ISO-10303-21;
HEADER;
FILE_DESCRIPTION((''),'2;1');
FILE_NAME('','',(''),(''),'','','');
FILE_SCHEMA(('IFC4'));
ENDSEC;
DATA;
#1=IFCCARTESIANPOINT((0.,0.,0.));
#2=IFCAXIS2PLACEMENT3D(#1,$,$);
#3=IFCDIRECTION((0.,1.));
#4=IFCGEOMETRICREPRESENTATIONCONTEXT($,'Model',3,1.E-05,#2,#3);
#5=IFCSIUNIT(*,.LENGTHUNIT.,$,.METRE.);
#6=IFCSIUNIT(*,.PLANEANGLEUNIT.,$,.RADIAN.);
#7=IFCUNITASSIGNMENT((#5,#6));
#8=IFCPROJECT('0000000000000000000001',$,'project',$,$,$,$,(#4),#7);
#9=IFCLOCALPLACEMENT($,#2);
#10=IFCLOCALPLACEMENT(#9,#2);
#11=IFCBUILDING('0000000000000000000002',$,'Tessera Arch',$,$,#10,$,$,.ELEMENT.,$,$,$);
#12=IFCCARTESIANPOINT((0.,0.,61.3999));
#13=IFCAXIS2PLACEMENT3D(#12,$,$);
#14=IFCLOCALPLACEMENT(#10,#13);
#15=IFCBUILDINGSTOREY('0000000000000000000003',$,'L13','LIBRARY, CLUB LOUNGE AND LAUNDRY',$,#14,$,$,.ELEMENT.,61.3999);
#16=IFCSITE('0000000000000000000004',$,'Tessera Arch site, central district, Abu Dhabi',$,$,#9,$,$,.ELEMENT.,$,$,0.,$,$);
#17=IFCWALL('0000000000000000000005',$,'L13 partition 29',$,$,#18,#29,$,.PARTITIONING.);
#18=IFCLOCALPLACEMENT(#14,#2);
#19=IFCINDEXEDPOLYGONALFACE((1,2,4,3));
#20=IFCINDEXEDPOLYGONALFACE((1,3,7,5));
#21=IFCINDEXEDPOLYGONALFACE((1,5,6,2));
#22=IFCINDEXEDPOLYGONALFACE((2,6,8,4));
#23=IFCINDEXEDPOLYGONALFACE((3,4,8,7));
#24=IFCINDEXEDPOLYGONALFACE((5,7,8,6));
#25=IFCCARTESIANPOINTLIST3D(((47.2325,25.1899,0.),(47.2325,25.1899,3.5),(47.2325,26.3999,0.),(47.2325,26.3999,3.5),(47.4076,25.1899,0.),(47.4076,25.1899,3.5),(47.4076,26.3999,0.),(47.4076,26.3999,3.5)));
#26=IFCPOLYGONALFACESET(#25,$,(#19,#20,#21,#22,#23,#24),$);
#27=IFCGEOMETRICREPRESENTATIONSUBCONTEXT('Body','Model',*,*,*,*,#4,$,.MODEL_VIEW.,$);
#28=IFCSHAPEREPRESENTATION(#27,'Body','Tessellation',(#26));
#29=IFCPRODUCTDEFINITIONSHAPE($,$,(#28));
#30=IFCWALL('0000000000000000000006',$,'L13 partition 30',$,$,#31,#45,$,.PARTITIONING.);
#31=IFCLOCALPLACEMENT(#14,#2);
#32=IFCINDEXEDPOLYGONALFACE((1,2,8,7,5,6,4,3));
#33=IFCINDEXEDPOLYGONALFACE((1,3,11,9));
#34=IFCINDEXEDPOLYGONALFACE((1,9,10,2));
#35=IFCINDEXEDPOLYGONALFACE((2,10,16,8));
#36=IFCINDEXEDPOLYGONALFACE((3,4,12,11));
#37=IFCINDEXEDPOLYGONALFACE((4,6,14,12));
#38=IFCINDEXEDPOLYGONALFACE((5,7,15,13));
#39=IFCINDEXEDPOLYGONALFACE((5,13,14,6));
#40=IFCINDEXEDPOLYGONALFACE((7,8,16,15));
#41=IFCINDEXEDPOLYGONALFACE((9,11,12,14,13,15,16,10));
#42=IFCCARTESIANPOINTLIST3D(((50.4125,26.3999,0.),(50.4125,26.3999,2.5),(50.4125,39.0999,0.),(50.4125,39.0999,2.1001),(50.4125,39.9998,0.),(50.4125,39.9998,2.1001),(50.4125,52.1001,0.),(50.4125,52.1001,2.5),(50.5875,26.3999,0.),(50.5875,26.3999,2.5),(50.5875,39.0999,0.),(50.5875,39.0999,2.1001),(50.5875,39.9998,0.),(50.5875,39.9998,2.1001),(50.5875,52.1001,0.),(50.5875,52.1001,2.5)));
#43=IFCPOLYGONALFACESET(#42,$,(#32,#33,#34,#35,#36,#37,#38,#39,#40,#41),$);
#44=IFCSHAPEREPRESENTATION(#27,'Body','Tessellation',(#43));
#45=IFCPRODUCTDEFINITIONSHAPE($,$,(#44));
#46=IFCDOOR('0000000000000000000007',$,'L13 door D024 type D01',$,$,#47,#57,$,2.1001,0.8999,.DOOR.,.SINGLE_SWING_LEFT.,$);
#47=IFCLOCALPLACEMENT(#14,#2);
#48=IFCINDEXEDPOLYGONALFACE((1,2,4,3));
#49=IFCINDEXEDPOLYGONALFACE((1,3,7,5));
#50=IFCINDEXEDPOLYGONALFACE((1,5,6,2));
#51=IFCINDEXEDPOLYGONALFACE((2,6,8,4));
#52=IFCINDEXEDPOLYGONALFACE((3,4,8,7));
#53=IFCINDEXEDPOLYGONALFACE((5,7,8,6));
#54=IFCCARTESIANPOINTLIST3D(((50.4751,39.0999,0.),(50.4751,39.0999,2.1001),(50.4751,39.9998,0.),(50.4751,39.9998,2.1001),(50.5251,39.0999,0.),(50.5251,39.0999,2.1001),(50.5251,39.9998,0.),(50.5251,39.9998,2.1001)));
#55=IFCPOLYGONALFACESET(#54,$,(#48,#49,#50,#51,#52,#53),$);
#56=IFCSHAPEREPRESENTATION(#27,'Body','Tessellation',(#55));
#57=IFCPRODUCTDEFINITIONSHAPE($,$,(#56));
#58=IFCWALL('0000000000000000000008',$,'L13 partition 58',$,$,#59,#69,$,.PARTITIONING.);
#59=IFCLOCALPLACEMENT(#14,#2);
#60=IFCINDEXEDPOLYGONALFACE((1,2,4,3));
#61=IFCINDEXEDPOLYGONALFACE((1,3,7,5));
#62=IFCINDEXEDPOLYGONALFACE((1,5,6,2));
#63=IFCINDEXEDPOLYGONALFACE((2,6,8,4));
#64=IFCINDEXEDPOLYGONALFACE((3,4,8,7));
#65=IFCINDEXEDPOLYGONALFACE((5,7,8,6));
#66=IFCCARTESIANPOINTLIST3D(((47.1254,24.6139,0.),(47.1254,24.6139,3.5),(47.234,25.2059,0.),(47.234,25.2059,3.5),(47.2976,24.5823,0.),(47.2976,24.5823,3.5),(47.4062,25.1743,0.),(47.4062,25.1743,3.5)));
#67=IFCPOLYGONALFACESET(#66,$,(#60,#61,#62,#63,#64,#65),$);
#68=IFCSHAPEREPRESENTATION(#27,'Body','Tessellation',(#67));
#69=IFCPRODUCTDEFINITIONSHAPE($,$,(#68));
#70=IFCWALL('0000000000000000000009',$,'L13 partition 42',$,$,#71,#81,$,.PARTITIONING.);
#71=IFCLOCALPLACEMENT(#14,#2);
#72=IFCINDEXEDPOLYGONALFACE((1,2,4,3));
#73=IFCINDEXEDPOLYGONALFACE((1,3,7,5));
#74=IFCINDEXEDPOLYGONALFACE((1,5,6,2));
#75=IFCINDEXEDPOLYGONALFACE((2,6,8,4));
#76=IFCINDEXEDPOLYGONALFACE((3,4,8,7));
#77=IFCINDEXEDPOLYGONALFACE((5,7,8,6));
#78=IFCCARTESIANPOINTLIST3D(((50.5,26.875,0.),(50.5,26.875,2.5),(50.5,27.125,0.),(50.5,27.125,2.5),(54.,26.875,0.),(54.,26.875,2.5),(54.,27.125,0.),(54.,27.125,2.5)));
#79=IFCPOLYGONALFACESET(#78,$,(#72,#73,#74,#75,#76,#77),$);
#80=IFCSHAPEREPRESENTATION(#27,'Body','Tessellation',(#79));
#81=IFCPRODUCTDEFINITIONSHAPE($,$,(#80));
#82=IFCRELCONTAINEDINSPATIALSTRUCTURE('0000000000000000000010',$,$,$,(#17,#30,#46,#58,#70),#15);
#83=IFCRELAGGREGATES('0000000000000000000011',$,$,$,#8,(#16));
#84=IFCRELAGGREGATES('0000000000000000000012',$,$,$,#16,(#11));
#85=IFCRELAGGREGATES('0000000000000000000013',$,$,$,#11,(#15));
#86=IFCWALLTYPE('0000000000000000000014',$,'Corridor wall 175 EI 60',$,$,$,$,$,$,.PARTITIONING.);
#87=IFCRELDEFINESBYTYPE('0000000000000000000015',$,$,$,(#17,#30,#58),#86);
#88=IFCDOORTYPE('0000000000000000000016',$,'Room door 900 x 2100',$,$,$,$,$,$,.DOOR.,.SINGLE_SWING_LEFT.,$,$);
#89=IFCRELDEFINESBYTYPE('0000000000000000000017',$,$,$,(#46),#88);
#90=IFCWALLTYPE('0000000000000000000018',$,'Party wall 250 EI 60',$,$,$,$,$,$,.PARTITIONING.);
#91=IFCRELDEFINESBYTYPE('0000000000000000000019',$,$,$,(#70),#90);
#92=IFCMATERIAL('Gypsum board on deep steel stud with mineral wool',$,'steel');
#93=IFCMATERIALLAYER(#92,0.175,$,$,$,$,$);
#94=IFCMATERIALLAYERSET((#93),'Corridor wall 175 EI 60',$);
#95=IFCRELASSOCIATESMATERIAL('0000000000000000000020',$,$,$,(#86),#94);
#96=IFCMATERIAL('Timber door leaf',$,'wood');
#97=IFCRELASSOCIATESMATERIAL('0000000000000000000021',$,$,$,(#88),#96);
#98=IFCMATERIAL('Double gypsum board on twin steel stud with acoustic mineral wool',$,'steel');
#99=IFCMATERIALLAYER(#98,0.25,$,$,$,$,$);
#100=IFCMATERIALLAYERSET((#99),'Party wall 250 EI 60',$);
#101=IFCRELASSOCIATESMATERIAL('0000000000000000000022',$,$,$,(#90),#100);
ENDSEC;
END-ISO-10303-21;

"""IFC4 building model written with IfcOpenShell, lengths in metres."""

from ifc_helpers import new_model, si_unit, direction, frame, frame_2d, origin, place, context, subcontext, project, spatial, rectangle, extrude, material, layer, layer_set, type_object, element, fill, save


model = new_model("IFC4")

# Units and contexts
model_context = context("Model", 3, precision=1e-05, world=origin(), true_north=direction((0.0, 1.0)))
body_context = subcontext(model_context, "Body", "Model", "MODEL_VIEW")
ifc_project = project(units=[si_unit("LENGTHUNIT", "METRE"), si_unit("PLANEANGLEUNIT", "RADIAN")], contexts=[model_context])

# Site, building, storey
site_placement = place(None, origin())
site = spatial("IfcSite", under=ifc_project, at=site_placement, Name="Tessera Arch site, central district, Abu Dhabi", CompositionType="ELEMENT", RefElevation=0.0)
building_placement = place(site_placement, origin())
building = spatial("IfcBuilding", under=site, at=building_placement, Name="Tessera Arch", CompositionType="ELEMENT")
storey_placement = place(building_placement, frame((0.0, 0.0, 61.3999)))
storey = spatial("IfcBuildingStorey", under=building, at=storey_placement, Name="L13", Description="LIBRARY, CLUB LOUNGE AND LAUNDRY", CompositionType="ELEMENT", Elevation=61.3999)

# Wall
ifc_material_1 = material(Name="Gypsum board on deep steel stud with mineral wool", Category="steel")
ifc_layer_1 = layer(ifc_material_1, 0.175)
ifc_layer_set_1 = layer_set([ifc_layer_1], Name="Corridor wall 175 EI 60")
wall_type_1 = type_object("IfcWallType", Name="Corridor wall 175 EI 60", PredefinedType="PARTITIONING", material=ifc_layer_set_1)
wall_1_placement = place(storey_placement, frame((47.3201, 25.1899, 0.0), z_axis=(0.0, 0.0, 1.0), x_axis=(0.0, 1.0, 0.0)))
element("IfcWall", 1, at=wall_1_placement, inside=storey, type_object=wall_type_1, Name="L13 partition 29", PredefinedType="PARTITIONING", context=body_context, shape_type="SweptSolid", body=[
    extrude(rectangle(XDim=1.21, YDim=0.175, at=frame_2d((0.605, 0.0))), origin(), (0.0, 0.0, 1.0), 3.5),
])

# Wall, opening, door
wall_2_placement = place(storey_placement, frame((50.5, 26.3999, 0.0), z_axis=(0.0, 0.0, 1.0), x_axis=(0.0, 1.0, 0.0)))
wall_2 = element("IfcWall", 2, at=wall_2_placement, inside=storey, type_object=wall_type_1, Name="L13 partition 30", PredefinedType="PARTITIONING", context=body_context, shape_type="SweptSolid", body=[
    extrude(rectangle(XDim=25.7002, YDim=0.175, at=frame_2d((12.8501, 0.0))), origin(), (0.0, 0.0, 1.0), 2.5),
])
opening_placement = place(wall_2_placement, frame((12.7, 0.0, 0.0)))
opening = element("IfcOpeningElement", 3, at=opening_placement, cuts=wall_2, PredefinedType="OPENING", context=body_context, shape_type="SweptSolid", body=[
    extrude(rectangle(XDim=0.8999, YDim=2.1001, at=frame_2d((0.45, 1.05))), frame((0.0, 0.0974, 0.0), z_axis=(0.0, -1.0, 0.0), x_axis=(1.0, 0.0, 0.0)), (0.0, 0.0, 1.0), 0.1951),
])
ifc_material_2 = material(Name="Timber door leaf", Category="wood")
door_type = type_object("IfcDoorType", Name="Room door 900 x 2100", OperationType="SINGLE_SWING_LEFT", PredefinedType="DOOR", material=ifc_material_2)
door_placement = place(opening_placement, origin())
door = element("IfcDoor", 4, at=door_placement, inside=storey, type_object=door_type, Name="L13 door D024 type D01", OperationType="SINGLE_SWING_LEFT", OverallHeight=2.1001, OverallWidth=0.8999, PredefinedType="DOOR", context=body_context, shape_type="SweptSolid", body=[
    extrude(rectangle(XDim=0.8999, YDim=2.1001, at=frame_2d((0.45, 1.05))), frame((0.0, 0.0249, 0.0), z_axis=(0.0, -1.0, 0.0), x_axis=(1.0, 0.0, 0.0)), (0.0, 0.0, 1.0), 0.05),
])
fill(opening, door)

# Walls
wall_3_placement = place(storey_placement, frame((47.3201, 25.1899, 0.0), z_axis=(0.0, 0.0, 1.0), x_axis=(-0.180491, -0.983577, 0.0)))
element("IfcWall", 5, at=wall_3_placement, inside=storey, type_object=wall_type_1, Name="L13 partition 58", PredefinedType="PARTITIONING", context=body_context, shape_type="SweptSolid", body=[
    extrude(rectangle(XDim=0.6018, YDim=0.175, at=frame_2d((0.3008, 0.0))), origin(), (0.0, 0.0, 1.0), 3.5),
])
ifc_material_3 = material(Name="Double gypsum board on twin steel stud with acoustic mineral wool", Category="steel")
ifc_layer_2 = layer(ifc_material_3, 0.25)
ifc_layer_set_2 = layer_set([ifc_layer_2], Name="Party wall 250 EI 60")
wall_type_2 = type_object("IfcWallType", Name="Party wall 250 EI 60", PredefinedType="PARTITIONING", material=ifc_layer_set_2)
wall_4_placement = place(storey_placement, frame((50.5, 27.0, 0.0), z_axis=(0.0, 0.0, 1.0), x_axis=(1.0, 0.0, 0.0)))
element("IfcWall", 6, at=wall_4_placement, inside=storey, type_object=wall_type_2, Name="L13 partition 42", PredefinedType="PARTITIONING", context=body_context, shape_type="SweptSolid", body=[
    extrude(rectangle(XDim=3.5, YDim=0.25, at=frame_2d((1.75, 0.0))), origin(), (0.0, 0.0, 1.0), 2.5),
])

save(model, "model.ifc")
